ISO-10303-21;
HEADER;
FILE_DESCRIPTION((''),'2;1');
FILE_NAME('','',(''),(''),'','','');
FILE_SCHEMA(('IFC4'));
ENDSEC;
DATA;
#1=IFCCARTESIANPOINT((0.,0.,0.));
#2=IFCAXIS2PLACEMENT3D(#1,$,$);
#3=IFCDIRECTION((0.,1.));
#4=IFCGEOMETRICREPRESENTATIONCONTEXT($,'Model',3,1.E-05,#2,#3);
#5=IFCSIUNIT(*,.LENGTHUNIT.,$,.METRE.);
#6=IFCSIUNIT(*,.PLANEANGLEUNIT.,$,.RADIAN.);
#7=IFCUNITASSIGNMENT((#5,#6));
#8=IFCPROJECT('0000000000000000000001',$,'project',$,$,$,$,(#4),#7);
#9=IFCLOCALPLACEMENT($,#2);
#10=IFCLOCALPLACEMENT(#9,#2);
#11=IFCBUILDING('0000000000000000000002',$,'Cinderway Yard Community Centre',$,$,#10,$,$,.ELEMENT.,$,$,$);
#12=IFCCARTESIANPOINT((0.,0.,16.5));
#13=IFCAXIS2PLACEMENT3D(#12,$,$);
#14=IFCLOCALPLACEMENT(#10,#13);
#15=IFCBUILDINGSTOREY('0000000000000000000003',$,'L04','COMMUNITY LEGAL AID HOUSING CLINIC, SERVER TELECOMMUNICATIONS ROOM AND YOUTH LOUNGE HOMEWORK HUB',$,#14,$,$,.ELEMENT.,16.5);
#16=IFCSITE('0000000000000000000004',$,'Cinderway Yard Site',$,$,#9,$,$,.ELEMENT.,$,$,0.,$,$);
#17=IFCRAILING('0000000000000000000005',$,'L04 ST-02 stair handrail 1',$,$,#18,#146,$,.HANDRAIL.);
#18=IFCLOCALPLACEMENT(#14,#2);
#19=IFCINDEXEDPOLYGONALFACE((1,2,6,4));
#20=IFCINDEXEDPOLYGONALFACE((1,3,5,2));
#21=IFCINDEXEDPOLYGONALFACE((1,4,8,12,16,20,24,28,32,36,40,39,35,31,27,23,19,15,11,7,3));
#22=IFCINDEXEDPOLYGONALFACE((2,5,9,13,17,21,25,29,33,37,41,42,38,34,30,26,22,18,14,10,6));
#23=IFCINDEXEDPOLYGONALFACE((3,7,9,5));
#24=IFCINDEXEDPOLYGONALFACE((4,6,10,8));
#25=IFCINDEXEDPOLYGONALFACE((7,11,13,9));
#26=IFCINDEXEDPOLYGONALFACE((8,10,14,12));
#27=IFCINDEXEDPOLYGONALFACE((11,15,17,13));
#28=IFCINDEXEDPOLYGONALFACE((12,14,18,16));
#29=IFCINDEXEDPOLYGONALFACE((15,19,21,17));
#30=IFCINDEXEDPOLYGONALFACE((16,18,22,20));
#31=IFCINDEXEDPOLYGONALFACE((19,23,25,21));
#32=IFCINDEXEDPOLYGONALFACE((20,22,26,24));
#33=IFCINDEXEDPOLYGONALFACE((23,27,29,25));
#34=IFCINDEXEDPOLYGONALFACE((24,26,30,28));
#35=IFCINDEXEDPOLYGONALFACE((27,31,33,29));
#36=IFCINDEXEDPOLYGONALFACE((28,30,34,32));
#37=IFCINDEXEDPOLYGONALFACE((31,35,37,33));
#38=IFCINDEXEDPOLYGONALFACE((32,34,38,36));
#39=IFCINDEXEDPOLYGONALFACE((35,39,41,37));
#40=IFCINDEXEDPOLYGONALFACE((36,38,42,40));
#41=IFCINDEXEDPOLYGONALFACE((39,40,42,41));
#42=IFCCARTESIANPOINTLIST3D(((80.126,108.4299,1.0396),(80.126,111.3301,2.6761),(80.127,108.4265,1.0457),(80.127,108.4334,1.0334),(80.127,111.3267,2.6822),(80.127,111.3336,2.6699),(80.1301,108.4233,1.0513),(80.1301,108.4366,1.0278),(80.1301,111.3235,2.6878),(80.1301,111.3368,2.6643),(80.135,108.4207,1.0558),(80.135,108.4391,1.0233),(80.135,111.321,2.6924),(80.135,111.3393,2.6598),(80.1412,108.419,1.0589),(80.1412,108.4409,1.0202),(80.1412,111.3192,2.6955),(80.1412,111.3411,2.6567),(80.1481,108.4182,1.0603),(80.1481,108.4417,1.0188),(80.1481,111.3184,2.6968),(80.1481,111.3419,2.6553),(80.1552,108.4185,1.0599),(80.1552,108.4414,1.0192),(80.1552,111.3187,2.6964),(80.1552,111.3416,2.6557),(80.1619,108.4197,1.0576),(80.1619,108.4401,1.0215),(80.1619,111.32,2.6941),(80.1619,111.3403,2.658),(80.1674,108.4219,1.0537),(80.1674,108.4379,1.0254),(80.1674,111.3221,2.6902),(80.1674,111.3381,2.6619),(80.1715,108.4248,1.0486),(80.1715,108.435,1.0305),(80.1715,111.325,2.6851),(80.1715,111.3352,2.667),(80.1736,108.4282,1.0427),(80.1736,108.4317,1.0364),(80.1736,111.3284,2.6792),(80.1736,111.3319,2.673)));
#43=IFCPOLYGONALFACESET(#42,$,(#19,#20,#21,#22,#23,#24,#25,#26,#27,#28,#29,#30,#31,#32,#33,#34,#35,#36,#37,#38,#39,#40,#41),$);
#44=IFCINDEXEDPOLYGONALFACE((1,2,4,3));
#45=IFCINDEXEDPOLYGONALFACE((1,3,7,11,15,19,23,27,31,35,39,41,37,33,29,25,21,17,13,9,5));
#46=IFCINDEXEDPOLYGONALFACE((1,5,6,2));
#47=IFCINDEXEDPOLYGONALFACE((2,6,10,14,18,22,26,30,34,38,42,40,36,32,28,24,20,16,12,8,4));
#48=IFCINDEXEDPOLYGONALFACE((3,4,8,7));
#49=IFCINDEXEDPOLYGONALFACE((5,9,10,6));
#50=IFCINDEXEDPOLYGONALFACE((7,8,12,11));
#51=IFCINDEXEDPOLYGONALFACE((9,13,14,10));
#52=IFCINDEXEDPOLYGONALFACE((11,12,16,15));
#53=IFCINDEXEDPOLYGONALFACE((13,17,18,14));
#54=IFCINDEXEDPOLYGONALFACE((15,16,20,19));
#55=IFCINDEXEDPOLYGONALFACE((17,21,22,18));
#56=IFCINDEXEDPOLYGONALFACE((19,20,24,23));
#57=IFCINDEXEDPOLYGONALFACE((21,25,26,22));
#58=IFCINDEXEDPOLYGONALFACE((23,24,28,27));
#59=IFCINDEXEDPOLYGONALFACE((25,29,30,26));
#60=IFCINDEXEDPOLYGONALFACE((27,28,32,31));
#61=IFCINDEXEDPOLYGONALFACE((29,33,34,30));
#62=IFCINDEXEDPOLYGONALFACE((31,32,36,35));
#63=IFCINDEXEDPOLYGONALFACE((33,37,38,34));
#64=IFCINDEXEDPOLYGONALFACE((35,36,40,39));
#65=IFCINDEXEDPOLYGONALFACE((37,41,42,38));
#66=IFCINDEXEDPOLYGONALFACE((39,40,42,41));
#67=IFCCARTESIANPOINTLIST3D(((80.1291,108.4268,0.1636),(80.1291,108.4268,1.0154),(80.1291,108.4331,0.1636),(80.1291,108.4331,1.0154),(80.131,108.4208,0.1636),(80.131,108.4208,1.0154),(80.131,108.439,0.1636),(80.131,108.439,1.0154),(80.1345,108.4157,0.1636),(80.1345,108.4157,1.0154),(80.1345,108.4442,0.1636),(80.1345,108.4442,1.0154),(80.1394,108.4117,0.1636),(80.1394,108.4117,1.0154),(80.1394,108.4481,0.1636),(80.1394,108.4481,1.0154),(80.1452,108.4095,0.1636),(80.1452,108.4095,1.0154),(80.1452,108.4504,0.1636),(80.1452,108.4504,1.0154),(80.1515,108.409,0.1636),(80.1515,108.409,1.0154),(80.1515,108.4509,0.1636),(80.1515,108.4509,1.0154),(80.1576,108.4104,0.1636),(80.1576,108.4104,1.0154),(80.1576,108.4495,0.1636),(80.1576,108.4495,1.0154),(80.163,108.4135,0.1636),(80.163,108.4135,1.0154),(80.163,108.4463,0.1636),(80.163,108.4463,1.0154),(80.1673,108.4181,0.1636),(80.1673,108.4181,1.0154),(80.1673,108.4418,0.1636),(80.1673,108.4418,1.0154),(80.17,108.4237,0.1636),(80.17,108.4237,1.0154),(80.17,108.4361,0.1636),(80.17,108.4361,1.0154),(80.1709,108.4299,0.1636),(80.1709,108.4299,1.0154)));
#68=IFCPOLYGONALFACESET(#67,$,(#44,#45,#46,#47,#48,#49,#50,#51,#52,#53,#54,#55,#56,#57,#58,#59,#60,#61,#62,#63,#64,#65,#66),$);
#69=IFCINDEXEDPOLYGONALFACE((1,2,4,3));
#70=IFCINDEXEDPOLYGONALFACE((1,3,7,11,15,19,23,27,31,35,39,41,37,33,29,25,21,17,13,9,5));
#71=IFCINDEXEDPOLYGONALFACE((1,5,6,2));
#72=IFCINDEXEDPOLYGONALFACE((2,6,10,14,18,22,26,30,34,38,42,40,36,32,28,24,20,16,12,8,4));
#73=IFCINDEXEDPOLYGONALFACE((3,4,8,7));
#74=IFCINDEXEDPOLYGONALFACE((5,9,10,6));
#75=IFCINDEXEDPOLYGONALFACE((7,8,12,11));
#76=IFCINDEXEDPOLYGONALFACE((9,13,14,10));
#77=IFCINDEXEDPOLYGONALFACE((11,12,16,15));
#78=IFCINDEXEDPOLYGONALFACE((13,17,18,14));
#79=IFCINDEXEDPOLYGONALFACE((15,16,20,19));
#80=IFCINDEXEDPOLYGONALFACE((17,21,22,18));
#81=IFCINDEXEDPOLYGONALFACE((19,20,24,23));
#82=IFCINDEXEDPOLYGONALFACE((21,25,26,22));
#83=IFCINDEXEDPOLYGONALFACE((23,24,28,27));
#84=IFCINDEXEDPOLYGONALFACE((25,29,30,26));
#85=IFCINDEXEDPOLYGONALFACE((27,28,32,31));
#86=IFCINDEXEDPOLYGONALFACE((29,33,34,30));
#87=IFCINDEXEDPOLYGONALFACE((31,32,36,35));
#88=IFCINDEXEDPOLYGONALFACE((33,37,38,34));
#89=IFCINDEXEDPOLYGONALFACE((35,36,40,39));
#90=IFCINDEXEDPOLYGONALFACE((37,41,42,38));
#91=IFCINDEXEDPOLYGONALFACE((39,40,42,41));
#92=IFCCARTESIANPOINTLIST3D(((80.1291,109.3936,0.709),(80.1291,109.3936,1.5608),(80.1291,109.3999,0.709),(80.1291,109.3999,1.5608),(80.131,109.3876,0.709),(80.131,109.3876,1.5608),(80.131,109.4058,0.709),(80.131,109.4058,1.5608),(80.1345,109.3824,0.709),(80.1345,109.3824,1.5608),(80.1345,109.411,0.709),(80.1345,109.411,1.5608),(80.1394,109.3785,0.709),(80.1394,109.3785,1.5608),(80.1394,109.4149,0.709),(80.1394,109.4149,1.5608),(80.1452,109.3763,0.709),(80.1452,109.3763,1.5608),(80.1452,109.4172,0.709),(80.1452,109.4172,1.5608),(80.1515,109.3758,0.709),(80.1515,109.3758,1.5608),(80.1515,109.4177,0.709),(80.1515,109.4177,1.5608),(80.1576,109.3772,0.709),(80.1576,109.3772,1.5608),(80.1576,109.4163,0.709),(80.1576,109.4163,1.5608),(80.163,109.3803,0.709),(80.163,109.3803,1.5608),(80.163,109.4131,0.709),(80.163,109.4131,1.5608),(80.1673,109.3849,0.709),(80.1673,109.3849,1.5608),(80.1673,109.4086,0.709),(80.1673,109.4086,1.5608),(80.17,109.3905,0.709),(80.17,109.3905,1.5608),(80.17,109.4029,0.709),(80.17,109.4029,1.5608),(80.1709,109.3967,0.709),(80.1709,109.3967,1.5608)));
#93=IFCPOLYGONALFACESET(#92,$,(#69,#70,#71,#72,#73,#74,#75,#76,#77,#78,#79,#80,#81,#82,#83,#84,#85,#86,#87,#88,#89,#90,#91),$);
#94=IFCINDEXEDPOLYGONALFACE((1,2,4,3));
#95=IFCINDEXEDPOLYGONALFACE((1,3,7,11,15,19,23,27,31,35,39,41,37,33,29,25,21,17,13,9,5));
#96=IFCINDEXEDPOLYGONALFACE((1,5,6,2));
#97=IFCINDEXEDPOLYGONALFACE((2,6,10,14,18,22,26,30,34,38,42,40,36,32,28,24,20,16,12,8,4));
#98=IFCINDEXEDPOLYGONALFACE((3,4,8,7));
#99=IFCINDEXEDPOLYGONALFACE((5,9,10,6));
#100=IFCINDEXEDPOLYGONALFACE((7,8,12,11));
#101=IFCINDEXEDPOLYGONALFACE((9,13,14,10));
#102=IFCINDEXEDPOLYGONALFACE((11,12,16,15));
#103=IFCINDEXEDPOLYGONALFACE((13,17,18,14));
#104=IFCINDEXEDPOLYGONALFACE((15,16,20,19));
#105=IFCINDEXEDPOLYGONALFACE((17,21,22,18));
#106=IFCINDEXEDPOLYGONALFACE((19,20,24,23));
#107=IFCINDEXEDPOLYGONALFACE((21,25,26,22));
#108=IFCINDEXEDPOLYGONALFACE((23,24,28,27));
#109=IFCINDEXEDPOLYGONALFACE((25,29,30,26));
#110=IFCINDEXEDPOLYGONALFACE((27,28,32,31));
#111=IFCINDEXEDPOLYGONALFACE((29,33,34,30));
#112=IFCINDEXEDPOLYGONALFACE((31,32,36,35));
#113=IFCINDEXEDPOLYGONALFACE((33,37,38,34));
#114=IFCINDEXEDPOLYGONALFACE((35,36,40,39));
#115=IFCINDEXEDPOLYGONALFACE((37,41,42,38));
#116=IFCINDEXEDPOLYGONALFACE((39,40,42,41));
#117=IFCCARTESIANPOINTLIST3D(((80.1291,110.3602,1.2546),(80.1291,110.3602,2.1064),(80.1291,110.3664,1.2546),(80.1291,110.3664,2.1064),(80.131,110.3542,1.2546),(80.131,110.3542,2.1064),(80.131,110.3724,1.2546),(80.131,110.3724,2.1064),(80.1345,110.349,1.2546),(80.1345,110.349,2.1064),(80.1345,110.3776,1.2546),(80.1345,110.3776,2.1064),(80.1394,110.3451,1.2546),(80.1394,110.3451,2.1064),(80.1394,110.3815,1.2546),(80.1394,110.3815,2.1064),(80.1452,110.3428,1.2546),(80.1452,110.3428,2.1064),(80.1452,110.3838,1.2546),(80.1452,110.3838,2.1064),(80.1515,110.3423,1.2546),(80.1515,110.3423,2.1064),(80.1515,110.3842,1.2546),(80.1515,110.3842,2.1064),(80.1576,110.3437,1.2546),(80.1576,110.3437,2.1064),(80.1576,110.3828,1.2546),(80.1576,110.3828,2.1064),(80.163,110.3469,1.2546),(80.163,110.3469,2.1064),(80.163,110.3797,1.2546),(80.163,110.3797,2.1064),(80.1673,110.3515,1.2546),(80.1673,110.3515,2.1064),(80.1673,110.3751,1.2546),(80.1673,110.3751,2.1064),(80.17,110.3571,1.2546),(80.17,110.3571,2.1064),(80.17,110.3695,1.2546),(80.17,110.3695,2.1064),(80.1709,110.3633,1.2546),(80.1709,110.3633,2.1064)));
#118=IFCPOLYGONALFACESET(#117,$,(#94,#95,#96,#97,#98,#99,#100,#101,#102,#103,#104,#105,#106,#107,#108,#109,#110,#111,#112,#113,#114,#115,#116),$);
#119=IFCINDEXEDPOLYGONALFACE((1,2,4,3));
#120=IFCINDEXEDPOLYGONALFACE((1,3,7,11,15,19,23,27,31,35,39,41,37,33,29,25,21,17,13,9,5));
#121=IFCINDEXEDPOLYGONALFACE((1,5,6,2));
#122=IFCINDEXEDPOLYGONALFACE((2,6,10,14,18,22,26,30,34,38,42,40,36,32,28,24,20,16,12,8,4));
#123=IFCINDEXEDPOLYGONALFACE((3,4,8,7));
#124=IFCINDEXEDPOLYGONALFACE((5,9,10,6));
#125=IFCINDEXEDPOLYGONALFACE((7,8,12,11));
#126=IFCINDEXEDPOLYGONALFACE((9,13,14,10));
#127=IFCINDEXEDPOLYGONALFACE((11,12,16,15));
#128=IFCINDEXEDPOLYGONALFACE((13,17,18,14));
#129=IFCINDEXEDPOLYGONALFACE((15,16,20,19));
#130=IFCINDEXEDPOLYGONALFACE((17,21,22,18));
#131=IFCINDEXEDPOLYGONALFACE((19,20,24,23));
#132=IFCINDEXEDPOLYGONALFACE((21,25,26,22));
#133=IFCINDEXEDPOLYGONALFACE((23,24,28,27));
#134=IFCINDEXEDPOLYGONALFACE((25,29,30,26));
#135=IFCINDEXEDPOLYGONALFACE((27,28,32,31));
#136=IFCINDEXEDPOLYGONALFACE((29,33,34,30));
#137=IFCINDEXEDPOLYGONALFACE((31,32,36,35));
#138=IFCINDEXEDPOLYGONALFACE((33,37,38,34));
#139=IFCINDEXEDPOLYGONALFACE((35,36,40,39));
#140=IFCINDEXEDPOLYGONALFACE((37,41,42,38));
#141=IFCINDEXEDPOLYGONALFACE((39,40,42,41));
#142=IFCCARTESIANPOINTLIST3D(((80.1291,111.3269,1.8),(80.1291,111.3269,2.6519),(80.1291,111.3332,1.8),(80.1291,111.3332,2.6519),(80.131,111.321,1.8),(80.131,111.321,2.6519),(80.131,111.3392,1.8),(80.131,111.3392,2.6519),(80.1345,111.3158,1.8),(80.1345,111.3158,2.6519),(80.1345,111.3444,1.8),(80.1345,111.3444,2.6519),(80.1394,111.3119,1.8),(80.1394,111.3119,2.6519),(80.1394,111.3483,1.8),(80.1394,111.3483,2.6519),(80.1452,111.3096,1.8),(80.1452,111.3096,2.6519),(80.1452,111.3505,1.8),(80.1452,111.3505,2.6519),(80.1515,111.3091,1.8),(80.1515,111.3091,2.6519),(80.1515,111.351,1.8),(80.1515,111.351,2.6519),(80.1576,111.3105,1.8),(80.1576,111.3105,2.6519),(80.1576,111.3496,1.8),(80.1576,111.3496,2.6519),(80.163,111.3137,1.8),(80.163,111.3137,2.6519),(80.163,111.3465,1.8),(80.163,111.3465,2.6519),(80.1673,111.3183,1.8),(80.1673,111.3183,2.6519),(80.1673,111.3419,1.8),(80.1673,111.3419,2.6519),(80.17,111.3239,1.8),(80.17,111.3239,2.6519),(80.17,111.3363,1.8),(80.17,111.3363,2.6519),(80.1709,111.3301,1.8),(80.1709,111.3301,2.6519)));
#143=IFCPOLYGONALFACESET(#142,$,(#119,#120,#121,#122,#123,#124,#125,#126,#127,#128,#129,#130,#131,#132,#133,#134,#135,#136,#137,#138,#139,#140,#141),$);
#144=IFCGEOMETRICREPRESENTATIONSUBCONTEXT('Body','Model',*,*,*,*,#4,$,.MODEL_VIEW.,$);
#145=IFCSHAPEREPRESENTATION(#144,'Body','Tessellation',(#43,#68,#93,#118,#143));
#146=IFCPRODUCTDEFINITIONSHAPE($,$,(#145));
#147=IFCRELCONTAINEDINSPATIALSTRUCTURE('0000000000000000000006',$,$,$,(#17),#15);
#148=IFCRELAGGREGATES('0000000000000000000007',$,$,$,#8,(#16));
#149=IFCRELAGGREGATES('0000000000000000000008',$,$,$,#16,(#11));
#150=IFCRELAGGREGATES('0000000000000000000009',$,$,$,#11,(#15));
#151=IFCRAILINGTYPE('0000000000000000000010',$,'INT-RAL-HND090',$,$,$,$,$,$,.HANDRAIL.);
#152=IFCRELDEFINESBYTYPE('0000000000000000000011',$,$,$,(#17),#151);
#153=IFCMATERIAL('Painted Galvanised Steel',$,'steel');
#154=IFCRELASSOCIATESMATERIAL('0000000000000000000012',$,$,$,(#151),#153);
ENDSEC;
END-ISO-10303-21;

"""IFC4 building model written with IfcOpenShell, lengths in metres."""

from ifc_helpers import new_model, si_unit, direction, frame, origin, origin_2d, place, context, subcontext, project, spatial, circle, extrude, material, type_object, element, save


model = new_model("IFC4")

# Units and contexts
model_context = context("Model", 3, precision=1e-05, world=origin(), true_north=direction((0.0, 1.0)))
body_context = subcontext(model_context, "Body", "Model", "MODEL_VIEW")
ifc_project = project(units=[si_unit("LENGTHUNIT", "METRE"), si_unit("PLANEANGLEUNIT", "RADIAN")], contexts=[model_context])

# Site, building, storey
site_placement = place(None, origin())
site = spatial("IfcSite", under=ifc_project, at=site_placement, Name="Cinderway Yard Site", CompositionType="ELEMENT", RefElevation=0.0)
building_placement = place(site_placement, origin())
building = spatial("IfcBuilding", under=site, at=building_placement, Name="Cinderway Yard Community Centre", CompositionType="ELEMENT")
storey_placement = place(building_placement, frame((0.0, 0.0, 16.5)))
storey = spatial("IfcBuildingStorey", under=building, at=storey_placement, Name="L04", Description="COMMUNITY LEGAL AID HOUSING CLINIC, SERVER TELECOMMUNICATIONS ROOM AND YOUTH LOUNGE HOMEWORK HUB", CompositionType="ELEMENT", Elevation=16.5)

# Shared definitions
ifc_material_1 = material(Name="Painted Galvanised Steel", Category="steel")

# Railing
railing_type_1 = type_object("IfcRailingType", Name="INT-RAL-HND090", PredefinedType="HANDRAIL", material=ifc_material_1)
railing_1_placement = place(storey_placement, frame((80.1499, 108.4299, 0.1636)))
element("IfcRailing", 1, at=railing_1_placement, inside=storey, type_object=railing_type_1, Name="L04 ST-02 stair handrail 1", PredefinedType="HANDRAIL", context=body_context, shape_type="SweptSolid", body=[
    extrude(circle(Radius=0.0239, at=origin_2d()), frame((0.0, 0.0, 0.876), z_axis=(0.0, 0.870915, 0.491434), x_axis=(-1.0, 0.0, 0.0)), (0.0, 0.0, 1.0), 3.3301),
    extrude(circle(Radius=0.021, at=origin_2d()), origin(), (0.0, 0.0, 1.0), 0.8518),
    extrude(circle(Radius=0.021, at=origin_2d()), frame((0.0, 0.9668, 0.5454)), (0.0, 0.0, 1.0), 0.8518),
    extrude(circle(Radius=0.021, at=origin_2d()), frame((0.0, 1.9333, 1.0911)), (0.0, 0.0, 1.0), 0.8518),
    extrude(circle(Radius=0.021, at=origin_2d()), frame((0.0, 2.9001, 1.6365)), (0.0, 0.0, 1.0), 0.8518),
])

save(model, "model.ifc")
